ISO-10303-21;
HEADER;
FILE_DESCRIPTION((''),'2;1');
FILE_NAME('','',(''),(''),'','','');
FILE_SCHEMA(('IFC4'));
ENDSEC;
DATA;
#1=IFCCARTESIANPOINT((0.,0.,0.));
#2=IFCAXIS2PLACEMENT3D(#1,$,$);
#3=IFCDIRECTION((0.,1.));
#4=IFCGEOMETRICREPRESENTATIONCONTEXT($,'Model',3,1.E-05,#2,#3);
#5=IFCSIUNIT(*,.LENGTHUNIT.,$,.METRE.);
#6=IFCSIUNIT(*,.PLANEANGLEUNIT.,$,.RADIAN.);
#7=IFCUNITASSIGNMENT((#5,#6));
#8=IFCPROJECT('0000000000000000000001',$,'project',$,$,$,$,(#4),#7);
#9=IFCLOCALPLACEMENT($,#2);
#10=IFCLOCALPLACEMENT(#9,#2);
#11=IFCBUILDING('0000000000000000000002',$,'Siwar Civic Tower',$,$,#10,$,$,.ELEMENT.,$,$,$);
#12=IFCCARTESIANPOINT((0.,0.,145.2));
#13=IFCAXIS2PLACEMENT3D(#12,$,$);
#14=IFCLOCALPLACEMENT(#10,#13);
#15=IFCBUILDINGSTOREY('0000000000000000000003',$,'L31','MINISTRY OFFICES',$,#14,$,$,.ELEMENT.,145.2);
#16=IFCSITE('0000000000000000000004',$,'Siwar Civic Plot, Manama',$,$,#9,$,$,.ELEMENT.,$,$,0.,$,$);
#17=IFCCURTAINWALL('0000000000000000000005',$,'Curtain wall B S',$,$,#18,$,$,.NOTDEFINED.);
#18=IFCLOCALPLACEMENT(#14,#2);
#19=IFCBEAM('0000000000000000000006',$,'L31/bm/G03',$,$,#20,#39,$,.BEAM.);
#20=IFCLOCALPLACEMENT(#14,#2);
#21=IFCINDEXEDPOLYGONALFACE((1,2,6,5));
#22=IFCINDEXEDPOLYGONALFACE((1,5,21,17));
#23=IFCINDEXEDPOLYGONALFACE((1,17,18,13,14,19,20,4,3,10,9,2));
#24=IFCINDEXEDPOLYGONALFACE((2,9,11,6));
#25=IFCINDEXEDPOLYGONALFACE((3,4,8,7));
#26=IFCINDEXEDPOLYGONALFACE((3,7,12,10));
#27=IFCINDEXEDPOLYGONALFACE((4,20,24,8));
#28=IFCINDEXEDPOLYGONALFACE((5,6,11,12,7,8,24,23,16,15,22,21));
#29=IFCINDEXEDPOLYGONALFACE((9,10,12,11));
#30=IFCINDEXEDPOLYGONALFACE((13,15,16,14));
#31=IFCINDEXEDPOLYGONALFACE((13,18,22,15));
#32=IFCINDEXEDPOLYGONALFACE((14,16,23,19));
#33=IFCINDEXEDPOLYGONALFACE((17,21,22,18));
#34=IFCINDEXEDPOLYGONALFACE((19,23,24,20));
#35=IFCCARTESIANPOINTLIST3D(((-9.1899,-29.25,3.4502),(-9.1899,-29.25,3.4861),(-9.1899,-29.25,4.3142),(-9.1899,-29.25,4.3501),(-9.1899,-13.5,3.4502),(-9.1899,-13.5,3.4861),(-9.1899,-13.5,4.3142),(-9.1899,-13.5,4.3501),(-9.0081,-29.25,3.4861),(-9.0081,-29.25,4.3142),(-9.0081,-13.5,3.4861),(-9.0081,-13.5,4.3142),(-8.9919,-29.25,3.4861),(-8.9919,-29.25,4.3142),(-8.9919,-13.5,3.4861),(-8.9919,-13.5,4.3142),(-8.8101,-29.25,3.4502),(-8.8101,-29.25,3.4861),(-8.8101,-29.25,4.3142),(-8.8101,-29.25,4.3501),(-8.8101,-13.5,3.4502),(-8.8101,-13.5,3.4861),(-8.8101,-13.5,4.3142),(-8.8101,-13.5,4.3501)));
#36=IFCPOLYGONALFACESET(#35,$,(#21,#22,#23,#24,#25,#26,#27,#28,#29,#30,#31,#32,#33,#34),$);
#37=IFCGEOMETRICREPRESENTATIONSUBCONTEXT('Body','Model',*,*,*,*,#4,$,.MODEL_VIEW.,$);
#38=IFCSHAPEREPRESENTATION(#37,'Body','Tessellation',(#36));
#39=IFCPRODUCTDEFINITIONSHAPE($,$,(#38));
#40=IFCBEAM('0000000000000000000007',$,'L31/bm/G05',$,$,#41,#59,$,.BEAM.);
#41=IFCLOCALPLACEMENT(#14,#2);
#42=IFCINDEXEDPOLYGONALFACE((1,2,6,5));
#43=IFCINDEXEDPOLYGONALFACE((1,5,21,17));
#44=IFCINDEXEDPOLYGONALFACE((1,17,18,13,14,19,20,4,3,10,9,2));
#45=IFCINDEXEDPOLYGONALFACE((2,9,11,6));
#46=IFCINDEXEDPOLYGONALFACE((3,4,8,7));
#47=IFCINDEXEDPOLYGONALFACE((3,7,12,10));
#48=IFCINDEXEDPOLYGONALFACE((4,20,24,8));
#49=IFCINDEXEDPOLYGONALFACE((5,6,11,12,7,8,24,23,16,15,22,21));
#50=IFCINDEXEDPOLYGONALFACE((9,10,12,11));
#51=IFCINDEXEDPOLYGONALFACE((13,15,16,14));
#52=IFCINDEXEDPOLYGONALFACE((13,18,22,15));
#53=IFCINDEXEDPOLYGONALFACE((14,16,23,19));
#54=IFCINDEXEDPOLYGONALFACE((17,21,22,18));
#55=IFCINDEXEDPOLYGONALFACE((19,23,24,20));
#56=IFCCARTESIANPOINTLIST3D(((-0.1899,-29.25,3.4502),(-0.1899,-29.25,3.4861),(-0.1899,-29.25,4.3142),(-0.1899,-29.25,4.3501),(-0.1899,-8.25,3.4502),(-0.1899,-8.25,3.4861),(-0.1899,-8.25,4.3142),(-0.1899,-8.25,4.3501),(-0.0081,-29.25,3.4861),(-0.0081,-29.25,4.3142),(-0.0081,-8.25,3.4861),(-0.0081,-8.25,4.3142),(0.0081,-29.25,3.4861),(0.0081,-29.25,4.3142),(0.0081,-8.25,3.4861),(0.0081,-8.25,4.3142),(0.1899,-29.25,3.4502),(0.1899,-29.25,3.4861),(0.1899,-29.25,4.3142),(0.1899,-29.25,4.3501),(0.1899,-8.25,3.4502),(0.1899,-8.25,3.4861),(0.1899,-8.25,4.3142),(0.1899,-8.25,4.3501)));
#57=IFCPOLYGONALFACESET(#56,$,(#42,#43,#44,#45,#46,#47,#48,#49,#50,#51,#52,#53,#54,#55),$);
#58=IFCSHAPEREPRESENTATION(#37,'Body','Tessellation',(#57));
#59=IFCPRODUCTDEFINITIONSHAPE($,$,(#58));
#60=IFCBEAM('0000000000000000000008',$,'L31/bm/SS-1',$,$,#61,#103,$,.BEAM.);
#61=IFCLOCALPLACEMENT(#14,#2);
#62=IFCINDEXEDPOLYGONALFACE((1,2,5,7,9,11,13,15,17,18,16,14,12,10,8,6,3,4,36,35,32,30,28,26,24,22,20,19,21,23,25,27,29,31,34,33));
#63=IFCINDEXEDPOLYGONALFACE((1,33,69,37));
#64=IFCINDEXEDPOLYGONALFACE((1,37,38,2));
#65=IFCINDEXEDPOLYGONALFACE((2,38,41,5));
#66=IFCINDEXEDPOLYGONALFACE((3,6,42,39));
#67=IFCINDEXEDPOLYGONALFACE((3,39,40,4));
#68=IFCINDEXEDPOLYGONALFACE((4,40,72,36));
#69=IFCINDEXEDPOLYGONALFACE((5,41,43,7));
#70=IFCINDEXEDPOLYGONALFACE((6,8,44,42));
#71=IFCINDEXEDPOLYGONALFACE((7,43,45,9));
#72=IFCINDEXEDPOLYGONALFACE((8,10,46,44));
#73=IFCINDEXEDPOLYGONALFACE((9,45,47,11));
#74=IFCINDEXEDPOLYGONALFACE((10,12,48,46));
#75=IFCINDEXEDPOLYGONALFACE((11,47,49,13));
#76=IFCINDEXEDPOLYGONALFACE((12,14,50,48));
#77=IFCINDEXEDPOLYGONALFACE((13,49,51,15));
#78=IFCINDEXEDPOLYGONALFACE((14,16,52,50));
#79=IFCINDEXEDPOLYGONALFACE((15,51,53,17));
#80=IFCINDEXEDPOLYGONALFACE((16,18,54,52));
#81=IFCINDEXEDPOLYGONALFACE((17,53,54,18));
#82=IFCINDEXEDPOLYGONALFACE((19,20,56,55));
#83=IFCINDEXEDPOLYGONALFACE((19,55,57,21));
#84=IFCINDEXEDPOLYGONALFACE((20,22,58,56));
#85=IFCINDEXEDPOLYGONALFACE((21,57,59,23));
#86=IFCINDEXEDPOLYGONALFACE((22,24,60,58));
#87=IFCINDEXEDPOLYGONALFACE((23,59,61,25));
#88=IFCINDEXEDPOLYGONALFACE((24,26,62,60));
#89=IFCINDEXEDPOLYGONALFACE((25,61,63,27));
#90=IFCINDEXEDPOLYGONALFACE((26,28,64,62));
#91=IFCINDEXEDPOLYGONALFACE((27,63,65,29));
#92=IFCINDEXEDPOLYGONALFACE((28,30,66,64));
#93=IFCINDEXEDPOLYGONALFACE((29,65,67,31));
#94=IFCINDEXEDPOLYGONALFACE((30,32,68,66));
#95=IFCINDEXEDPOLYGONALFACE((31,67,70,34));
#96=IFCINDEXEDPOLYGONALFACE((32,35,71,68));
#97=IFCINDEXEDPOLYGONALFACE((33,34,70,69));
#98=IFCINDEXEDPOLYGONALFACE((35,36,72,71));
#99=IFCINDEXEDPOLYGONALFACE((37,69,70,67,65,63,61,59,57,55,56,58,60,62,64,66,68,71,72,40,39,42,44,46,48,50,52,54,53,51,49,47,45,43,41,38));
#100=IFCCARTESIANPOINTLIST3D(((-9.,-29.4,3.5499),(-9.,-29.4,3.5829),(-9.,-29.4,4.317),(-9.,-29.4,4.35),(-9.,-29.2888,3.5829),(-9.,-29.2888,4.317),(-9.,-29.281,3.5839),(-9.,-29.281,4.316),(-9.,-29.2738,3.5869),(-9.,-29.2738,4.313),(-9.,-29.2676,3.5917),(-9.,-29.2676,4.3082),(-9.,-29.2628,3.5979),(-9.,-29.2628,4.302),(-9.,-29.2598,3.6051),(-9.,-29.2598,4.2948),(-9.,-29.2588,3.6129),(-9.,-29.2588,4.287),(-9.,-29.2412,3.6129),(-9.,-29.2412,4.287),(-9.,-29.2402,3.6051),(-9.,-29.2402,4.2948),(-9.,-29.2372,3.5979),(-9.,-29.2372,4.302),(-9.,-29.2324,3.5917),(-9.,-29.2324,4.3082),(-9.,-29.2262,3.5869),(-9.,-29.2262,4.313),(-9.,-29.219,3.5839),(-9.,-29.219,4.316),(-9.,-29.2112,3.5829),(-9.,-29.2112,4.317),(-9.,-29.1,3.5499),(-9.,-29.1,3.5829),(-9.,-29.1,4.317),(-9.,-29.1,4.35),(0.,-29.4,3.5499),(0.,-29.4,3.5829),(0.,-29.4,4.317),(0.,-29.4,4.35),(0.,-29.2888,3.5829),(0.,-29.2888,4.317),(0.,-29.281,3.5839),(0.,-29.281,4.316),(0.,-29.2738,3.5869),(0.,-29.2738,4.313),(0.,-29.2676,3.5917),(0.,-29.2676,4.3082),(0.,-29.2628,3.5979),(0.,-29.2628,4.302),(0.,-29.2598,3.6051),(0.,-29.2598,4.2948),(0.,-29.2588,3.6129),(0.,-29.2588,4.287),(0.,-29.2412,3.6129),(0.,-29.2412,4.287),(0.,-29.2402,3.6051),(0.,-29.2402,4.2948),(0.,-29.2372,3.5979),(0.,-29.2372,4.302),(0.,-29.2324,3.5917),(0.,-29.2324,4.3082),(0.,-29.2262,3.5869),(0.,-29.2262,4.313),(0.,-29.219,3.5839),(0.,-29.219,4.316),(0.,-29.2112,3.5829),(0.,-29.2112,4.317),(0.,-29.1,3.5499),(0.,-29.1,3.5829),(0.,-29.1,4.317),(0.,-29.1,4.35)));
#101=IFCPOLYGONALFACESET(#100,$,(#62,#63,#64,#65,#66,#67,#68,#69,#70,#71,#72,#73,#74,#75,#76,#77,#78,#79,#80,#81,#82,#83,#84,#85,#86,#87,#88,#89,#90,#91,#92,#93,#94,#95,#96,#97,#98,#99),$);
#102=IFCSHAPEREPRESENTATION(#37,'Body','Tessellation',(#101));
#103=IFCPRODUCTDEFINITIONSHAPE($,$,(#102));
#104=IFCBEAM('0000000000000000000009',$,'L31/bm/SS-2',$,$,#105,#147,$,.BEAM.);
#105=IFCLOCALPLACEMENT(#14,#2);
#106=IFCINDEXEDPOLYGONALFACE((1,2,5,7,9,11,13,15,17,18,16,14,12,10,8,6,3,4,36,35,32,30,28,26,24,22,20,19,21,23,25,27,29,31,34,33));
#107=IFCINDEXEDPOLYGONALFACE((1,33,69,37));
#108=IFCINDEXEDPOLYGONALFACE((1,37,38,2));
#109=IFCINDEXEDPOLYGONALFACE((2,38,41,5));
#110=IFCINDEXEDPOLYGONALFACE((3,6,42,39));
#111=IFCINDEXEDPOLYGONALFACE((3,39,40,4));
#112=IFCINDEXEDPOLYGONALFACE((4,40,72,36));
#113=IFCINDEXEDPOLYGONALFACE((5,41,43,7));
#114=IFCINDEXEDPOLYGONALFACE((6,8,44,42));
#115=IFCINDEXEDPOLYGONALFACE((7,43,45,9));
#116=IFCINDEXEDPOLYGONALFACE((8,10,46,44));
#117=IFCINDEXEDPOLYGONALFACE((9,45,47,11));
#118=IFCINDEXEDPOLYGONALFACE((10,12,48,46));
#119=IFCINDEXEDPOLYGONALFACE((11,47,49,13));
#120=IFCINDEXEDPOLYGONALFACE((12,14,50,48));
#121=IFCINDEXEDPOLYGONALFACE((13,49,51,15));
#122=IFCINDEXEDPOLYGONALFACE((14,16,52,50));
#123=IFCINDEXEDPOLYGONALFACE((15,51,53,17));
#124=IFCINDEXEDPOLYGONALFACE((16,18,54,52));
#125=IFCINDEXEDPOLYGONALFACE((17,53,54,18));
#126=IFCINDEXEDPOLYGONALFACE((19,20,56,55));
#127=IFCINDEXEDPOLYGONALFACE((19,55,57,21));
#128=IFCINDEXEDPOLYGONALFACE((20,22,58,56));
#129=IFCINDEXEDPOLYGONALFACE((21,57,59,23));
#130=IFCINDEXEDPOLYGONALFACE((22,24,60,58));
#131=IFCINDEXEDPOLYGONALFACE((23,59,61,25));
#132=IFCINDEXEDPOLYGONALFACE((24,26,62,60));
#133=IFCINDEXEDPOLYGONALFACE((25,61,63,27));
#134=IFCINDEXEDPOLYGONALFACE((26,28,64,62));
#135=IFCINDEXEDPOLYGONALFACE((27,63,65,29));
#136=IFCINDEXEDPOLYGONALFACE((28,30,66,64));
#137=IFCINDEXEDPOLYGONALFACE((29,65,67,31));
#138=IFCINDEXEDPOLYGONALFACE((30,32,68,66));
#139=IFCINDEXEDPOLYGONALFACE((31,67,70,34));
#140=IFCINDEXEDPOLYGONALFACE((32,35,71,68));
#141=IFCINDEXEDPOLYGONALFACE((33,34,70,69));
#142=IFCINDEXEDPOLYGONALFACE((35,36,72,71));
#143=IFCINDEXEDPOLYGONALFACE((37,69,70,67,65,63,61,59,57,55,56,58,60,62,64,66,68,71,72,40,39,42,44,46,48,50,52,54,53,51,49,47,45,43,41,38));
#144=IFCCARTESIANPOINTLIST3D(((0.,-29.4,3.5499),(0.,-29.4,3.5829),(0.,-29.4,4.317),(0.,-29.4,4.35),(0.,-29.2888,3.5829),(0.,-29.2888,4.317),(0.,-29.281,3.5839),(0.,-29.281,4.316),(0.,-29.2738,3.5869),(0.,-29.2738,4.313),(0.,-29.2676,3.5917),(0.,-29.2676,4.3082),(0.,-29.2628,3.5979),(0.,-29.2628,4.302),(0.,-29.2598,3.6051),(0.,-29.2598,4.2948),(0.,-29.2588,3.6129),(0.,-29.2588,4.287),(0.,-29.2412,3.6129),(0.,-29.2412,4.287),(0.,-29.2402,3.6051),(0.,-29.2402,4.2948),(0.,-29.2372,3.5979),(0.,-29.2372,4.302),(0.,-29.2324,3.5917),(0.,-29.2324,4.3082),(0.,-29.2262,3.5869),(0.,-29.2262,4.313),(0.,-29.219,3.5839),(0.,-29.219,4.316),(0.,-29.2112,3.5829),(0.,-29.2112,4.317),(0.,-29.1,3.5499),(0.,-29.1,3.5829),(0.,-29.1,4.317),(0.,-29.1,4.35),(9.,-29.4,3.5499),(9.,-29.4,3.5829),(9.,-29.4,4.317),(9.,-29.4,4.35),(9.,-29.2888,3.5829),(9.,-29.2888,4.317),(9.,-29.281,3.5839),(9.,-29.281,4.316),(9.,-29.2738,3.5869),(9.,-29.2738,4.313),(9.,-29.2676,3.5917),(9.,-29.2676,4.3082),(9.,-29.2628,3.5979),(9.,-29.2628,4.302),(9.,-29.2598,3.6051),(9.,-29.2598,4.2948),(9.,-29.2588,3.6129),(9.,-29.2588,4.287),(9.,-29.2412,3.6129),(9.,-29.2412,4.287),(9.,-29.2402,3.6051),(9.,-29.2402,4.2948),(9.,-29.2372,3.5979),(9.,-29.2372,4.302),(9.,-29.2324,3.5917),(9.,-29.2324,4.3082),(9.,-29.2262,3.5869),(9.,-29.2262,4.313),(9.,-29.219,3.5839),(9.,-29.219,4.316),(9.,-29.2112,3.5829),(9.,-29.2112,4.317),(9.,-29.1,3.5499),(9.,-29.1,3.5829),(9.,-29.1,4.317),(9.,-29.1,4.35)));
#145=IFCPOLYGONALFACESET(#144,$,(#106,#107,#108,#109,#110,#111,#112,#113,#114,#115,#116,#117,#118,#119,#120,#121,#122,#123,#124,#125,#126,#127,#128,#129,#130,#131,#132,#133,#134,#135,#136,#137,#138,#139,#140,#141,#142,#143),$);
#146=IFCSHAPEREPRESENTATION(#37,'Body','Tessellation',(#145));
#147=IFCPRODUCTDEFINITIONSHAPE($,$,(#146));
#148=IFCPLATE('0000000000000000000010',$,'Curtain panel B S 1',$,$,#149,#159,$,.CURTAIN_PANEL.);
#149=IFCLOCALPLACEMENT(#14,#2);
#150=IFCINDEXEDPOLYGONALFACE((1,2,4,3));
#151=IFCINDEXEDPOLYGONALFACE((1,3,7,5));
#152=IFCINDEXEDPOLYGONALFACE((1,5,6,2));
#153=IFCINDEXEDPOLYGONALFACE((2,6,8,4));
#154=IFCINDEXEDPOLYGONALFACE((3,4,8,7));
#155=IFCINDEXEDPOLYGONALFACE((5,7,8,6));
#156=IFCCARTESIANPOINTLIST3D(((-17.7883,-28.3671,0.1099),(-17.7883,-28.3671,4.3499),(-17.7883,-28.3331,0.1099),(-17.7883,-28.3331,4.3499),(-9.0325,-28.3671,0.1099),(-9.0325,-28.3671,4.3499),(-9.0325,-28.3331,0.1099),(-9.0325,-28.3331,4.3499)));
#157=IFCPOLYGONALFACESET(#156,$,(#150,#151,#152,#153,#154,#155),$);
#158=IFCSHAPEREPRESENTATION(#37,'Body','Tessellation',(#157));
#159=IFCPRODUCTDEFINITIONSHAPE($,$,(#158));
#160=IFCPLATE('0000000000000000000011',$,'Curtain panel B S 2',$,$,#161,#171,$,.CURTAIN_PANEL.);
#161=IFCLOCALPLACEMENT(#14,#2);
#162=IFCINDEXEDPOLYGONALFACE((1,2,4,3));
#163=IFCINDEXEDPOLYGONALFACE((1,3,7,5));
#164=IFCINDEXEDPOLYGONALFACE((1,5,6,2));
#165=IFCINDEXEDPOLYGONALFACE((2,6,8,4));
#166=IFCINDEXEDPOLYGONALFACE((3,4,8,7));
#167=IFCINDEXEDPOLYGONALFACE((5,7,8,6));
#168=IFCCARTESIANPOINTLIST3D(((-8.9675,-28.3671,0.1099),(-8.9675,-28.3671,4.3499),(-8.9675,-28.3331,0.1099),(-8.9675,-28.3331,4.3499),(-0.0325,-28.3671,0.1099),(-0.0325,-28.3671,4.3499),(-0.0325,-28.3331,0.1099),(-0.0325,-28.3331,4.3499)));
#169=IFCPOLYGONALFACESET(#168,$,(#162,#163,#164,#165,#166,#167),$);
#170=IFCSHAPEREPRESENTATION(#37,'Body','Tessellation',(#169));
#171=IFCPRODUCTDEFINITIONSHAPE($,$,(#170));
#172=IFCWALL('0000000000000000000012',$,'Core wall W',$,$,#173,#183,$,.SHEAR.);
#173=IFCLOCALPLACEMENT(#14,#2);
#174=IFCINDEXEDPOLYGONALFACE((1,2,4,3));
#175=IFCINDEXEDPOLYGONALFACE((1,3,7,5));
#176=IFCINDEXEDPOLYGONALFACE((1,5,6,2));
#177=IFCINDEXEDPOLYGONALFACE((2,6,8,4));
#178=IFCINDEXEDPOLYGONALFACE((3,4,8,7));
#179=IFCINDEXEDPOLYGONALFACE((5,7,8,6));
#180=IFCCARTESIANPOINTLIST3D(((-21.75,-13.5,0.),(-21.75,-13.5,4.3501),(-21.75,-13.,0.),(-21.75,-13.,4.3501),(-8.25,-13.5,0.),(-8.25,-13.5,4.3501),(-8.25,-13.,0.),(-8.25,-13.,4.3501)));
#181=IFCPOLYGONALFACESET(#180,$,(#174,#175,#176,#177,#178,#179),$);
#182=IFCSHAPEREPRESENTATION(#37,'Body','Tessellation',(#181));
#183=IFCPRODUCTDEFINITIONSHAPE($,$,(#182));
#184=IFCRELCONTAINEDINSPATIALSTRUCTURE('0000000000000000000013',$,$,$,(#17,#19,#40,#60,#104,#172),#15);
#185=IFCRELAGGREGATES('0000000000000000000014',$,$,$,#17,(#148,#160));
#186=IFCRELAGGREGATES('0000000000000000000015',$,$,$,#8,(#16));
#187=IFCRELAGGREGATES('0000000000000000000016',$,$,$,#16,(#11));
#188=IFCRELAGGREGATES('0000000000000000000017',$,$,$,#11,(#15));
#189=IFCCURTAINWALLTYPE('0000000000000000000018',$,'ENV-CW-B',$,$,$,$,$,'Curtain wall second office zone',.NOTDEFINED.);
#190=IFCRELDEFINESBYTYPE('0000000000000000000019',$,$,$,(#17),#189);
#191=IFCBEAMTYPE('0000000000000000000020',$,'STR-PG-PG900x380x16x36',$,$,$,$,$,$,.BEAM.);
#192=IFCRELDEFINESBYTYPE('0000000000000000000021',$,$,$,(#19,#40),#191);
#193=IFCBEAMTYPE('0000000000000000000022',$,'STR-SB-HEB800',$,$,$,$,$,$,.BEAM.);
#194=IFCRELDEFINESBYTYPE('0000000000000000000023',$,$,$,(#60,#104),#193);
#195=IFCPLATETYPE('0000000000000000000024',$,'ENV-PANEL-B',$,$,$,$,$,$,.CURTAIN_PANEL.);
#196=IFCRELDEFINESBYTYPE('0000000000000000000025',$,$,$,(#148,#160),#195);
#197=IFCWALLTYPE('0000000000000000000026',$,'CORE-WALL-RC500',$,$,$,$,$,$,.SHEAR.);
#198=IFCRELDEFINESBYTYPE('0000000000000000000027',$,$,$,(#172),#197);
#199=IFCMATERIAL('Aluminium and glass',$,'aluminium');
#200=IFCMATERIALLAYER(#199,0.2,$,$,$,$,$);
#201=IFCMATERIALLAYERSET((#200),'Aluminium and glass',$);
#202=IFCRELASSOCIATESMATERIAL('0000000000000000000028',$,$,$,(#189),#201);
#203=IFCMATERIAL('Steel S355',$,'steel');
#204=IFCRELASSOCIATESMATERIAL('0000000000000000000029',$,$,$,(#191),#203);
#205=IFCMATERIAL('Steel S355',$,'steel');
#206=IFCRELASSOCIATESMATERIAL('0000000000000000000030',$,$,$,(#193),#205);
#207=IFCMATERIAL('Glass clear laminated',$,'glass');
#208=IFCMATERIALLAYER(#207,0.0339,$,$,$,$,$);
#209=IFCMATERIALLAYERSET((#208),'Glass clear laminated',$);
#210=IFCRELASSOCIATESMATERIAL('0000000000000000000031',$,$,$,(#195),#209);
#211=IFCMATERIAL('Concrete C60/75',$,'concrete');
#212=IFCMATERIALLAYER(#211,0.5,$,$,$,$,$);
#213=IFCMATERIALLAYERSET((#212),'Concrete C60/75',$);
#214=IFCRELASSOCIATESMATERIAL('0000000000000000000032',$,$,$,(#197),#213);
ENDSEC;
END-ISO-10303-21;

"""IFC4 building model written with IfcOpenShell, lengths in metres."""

from ifc_helpers import new_model, si_unit, direction, frame, frame_2d, origin, origin_2d, place, context, subcontext, project, spatial, rectangle, i_section, extrude, material, layer, layer_set, material_profile, profile_set, type_object, element, aggregate, save


model = new_model("IFC4")

# Units and contexts
model_context = context("Model", 3, precision=1e-05, world=origin(), true_north=direction((0.0, 1.0)))
body_context = subcontext(model_context, "Body", "Model", "MODEL_VIEW")
ifc_project = project(units=[si_unit("LENGTHUNIT", "METRE"), si_unit("PLANEANGLEUNIT", "RADIAN")], contexts=[model_context])

# Site, building, storey
site_placement = place(None, origin())
site = spatial("IfcSite", under=ifc_project, at=site_placement, Name="Siwar Civic Plot, Manama", CompositionType="ELEMENT", RefElevation=0.0)
building_placement = place(site_placement, origin())
building = spatial("IfcBuilding", under=site, at=building_placement, Name="Siwar Civic Tower", CompositionType="ELEMENT")
storey_placement = place(building_placement, frame((0.0, 0.0, 145.2)))
storey = spatial("IfcBuildingStorey", under=building, at=storey_placement, Name="L31", Description="MINISTRY OFFICES", CompositionType="ELEMENT", Elevation=145.2)

# Curtain wall
ifc_material_1 = material(Name="Aluminium and glass", Category="aluminium")
ifc_layer_1 = layer(ifc_material_1, 0.2)
ifc_layer_set_1 = layer_set([ifc_layer_1], Name="Aluminium and glass")
curtain_wall_type = type_object("IfcCurtainWallType", Name="ENV-CW-B", ElementType="Curtain wall second office zone", PredefinedType="NOTDEFINED", material=ifc_layer_set_1)
curtain_wall_placement = place(storey_placement, origin())
curtain_wall = element("IfcCurtainWall", 1, at=curtain_wall_placement, inside=storey, type_object=curtain_wall_type, Name="Curtain wall B S", PredefinedType="NOTDEFINED")

# Beams
ifc_material_2 = material(Name="Steel S355", Category="steel")
ifc_material_profile_1 = material_profile(ifc_material_2, i_section(OverallWidth=0.3799, OverallDepth=0.8999, WebThickness=0.0161, FlangeThickness=0.0359, at=origin_2d()), Name="PG900x380x16x36")
ifc_profile_set_1 = profile_set([ifc_material_profile_1], Name="Steel S355")
beam_type_1 = type_object("IfcBeamType", Name="STR-PG-PG900x380x16x36", PredefinedType="BEAM", material=ifc_profile_set_1)
beam_1_placement = place(storey_placement, frame((-9.0, -29.25, 3.9001), z_axis=(0.0, 1.0, 0.0), x_axis=(-1.0, 0.0, 0.0)))
element("IfcBeam", 2, at=beam_1_placement, inside=storey, type_object=beam_type_1, Name="L31/bm/G03", PredefinedType="BEAM", context=body_context, shape_type="SweptSolid", body=[
    extrude(i_section(OverallWidth=0.3799, OverallDepth=0.8999, WebThickness=0.0161, FlangeThickness=0.0359, at=origin_2d()), origin(), (0.0, 0.0, 1.0), 15.75),
])
beam_2_placement = place(storey_placement, frame((0.0, -29.25, 3.9001), z_axis=(0.0, 1.0, 0.0), x_axis=(-1.0, 0.0, 0.0)))
element("IfcBeam", 3, at=beam_2_placement, inside=storey, type_object=beam_type_1, Name="L31/bm/G05", PredefinedType="BEAM", context=body_context, shape_type="SweptSolid", body=[
    extrude(i_section(OverallWidth=0.3799, OverallDepth=0.8999, WebThickness=0.0161, FlangeThickness=0.0359, at=origin_2d()), origin(), (0.0, 0.0, 1.0), 21.0),
])
ifc_material_3 = material(Name="Steel S355", Category="steel")
ifc_material_profile_2 = material_profile(ifc_material_3, i_section(OverallWidth=0.3, OverallDepth=0.8, WebThickness=0.0176, FlangeThickness=0.033, FilletRadius=0.03, at=origin_2d()), Name="HEB800")
ifc_profile_set_2 = profile_set([ifc_material_profile_2], Name="Steel S355")
beam_type_2 = type_object("IfcBeamType", Name="STR-SB-HEB800", PredefinedType="BEAM", material=ifc_profile_set_2)
for number, where, z_axis, x_axis, name in (
    (4, (-9.0, -29.25, 3.95), (1.0, 0.0, 0.0), (0.0, 1.0, 0.0), "L31/bm/SS-1"),
    (5, (0.0, -29.25, 3.95), (1.0, 0.0, 0.0), (0.0, 1.0, 0.0), "L31/bm/SS-2"),
):
    element("IfcBeam", number, at=place(storey_placement, frame(where, z_axis=z_axis, x_axis=x_axis)), inside=storey, type_object=beam_type_2, Name=name, PredefinedType="BEAM", context=body_context, shape_type="SweptSolid", body=[
        extrude(i_section(OverallWidth=0.3, OverallDepth=0.8, WebThickness=0.0176, FlangeThickness=0.033, FilletRadius=0.03, at=origin_2d()), origin(), (0.0, 0.0, 1.0), 9.0),
    ])

# Plates
ifc_material_4 = material(Name="Glass clear laminated", Category="glass")
ifc_layer_2 = layer(ifc_material_4, 0.0339)
ifc_layer_set_2 = layer_set([ifc_layer_2], Name="Glass clear laminated")
plate_type = type_object("IfcPlateType", Name="ENV-PANEL-B", PredefinedType="CURTAIN_PANEL", material=ifc_layer_set_2)
plate_1_placement = place(storey_placement, frame((-13.4104, -28.3501, 0.1099), z_axis=(0.0, 0.0, 1.0), x_axis=(1.0, 0.0, 0.0)))
plate_1 = element("IfcPlate", 6, at=plate_1_placement, type_object=plate_type, Name="Curtain panel B S 1", PredefinedType="CURTAIN_PANEL", context=body_context, shape_type="SweptSolid", body=[
    extrude(rectangle(XDim=8.7559, YDim=0.0339, at=origin_2d()), origin(), (0.0, 0.0, 1.0), 4.24),
])
plate_2_placement = place(storey_placement, frame((-4.5, -28.3501, 0.1099), z_axis=(0.0, 0.0, 1.0), x_axis=(1.0, 0.0, 0.0)))
plate_2 = element("IfcPlate", 7, at=plate_2_placement, type_object=plate_type, Name="Curtain panel B S 2", PredefinedType="CURTAIN_PANEL", context=body_context, shape_type="SweptSolid", body=[
    extrude(rectangle(XDim=8.9351, YDim=0.0339, at=origin_2d()), origin(), (0.0, 0.0, 1.0), 4.24),
])
aggregate(curtain_wall, [plate_1, plate_2])

# Wall
ifc_material_5 = material(Name="Concrete C60/75", Category="concrete")
ifc_layer_3 = layer(ifc_material_5, 0.5)
ifc_layer_set_3 = layer_set([ifc_layer_3], Name="Concrete C60/75")
wall_type_1 = type_object("IfcWallType", Name="CORE-WALL-RC500", PredefinedType="SHEAR", material=ifc_layer_set_3)
wall_1_placement = place(storey_placement, frame((-8.25, -13.25, 0.0), z_axis=(0.0, 0.0, 1.0), x_axis=(-1.0, 0.0, 0.0)))
element("IfcWall", 8, at=wall_1_placement, inside=storey, type_object=wall_type_1, Name="Core wall W", PredefinedType="SHEAR", context=body_context, shape_type="SweptSolid", body=[
    extrude(rectangle(XDim=13.5, YDim=0.5, at=frame_2d((6.75, 0.0))), origin(), (0.0, 0.0, 1.0), 4.3501),
])

save(model, "model.ifc")
